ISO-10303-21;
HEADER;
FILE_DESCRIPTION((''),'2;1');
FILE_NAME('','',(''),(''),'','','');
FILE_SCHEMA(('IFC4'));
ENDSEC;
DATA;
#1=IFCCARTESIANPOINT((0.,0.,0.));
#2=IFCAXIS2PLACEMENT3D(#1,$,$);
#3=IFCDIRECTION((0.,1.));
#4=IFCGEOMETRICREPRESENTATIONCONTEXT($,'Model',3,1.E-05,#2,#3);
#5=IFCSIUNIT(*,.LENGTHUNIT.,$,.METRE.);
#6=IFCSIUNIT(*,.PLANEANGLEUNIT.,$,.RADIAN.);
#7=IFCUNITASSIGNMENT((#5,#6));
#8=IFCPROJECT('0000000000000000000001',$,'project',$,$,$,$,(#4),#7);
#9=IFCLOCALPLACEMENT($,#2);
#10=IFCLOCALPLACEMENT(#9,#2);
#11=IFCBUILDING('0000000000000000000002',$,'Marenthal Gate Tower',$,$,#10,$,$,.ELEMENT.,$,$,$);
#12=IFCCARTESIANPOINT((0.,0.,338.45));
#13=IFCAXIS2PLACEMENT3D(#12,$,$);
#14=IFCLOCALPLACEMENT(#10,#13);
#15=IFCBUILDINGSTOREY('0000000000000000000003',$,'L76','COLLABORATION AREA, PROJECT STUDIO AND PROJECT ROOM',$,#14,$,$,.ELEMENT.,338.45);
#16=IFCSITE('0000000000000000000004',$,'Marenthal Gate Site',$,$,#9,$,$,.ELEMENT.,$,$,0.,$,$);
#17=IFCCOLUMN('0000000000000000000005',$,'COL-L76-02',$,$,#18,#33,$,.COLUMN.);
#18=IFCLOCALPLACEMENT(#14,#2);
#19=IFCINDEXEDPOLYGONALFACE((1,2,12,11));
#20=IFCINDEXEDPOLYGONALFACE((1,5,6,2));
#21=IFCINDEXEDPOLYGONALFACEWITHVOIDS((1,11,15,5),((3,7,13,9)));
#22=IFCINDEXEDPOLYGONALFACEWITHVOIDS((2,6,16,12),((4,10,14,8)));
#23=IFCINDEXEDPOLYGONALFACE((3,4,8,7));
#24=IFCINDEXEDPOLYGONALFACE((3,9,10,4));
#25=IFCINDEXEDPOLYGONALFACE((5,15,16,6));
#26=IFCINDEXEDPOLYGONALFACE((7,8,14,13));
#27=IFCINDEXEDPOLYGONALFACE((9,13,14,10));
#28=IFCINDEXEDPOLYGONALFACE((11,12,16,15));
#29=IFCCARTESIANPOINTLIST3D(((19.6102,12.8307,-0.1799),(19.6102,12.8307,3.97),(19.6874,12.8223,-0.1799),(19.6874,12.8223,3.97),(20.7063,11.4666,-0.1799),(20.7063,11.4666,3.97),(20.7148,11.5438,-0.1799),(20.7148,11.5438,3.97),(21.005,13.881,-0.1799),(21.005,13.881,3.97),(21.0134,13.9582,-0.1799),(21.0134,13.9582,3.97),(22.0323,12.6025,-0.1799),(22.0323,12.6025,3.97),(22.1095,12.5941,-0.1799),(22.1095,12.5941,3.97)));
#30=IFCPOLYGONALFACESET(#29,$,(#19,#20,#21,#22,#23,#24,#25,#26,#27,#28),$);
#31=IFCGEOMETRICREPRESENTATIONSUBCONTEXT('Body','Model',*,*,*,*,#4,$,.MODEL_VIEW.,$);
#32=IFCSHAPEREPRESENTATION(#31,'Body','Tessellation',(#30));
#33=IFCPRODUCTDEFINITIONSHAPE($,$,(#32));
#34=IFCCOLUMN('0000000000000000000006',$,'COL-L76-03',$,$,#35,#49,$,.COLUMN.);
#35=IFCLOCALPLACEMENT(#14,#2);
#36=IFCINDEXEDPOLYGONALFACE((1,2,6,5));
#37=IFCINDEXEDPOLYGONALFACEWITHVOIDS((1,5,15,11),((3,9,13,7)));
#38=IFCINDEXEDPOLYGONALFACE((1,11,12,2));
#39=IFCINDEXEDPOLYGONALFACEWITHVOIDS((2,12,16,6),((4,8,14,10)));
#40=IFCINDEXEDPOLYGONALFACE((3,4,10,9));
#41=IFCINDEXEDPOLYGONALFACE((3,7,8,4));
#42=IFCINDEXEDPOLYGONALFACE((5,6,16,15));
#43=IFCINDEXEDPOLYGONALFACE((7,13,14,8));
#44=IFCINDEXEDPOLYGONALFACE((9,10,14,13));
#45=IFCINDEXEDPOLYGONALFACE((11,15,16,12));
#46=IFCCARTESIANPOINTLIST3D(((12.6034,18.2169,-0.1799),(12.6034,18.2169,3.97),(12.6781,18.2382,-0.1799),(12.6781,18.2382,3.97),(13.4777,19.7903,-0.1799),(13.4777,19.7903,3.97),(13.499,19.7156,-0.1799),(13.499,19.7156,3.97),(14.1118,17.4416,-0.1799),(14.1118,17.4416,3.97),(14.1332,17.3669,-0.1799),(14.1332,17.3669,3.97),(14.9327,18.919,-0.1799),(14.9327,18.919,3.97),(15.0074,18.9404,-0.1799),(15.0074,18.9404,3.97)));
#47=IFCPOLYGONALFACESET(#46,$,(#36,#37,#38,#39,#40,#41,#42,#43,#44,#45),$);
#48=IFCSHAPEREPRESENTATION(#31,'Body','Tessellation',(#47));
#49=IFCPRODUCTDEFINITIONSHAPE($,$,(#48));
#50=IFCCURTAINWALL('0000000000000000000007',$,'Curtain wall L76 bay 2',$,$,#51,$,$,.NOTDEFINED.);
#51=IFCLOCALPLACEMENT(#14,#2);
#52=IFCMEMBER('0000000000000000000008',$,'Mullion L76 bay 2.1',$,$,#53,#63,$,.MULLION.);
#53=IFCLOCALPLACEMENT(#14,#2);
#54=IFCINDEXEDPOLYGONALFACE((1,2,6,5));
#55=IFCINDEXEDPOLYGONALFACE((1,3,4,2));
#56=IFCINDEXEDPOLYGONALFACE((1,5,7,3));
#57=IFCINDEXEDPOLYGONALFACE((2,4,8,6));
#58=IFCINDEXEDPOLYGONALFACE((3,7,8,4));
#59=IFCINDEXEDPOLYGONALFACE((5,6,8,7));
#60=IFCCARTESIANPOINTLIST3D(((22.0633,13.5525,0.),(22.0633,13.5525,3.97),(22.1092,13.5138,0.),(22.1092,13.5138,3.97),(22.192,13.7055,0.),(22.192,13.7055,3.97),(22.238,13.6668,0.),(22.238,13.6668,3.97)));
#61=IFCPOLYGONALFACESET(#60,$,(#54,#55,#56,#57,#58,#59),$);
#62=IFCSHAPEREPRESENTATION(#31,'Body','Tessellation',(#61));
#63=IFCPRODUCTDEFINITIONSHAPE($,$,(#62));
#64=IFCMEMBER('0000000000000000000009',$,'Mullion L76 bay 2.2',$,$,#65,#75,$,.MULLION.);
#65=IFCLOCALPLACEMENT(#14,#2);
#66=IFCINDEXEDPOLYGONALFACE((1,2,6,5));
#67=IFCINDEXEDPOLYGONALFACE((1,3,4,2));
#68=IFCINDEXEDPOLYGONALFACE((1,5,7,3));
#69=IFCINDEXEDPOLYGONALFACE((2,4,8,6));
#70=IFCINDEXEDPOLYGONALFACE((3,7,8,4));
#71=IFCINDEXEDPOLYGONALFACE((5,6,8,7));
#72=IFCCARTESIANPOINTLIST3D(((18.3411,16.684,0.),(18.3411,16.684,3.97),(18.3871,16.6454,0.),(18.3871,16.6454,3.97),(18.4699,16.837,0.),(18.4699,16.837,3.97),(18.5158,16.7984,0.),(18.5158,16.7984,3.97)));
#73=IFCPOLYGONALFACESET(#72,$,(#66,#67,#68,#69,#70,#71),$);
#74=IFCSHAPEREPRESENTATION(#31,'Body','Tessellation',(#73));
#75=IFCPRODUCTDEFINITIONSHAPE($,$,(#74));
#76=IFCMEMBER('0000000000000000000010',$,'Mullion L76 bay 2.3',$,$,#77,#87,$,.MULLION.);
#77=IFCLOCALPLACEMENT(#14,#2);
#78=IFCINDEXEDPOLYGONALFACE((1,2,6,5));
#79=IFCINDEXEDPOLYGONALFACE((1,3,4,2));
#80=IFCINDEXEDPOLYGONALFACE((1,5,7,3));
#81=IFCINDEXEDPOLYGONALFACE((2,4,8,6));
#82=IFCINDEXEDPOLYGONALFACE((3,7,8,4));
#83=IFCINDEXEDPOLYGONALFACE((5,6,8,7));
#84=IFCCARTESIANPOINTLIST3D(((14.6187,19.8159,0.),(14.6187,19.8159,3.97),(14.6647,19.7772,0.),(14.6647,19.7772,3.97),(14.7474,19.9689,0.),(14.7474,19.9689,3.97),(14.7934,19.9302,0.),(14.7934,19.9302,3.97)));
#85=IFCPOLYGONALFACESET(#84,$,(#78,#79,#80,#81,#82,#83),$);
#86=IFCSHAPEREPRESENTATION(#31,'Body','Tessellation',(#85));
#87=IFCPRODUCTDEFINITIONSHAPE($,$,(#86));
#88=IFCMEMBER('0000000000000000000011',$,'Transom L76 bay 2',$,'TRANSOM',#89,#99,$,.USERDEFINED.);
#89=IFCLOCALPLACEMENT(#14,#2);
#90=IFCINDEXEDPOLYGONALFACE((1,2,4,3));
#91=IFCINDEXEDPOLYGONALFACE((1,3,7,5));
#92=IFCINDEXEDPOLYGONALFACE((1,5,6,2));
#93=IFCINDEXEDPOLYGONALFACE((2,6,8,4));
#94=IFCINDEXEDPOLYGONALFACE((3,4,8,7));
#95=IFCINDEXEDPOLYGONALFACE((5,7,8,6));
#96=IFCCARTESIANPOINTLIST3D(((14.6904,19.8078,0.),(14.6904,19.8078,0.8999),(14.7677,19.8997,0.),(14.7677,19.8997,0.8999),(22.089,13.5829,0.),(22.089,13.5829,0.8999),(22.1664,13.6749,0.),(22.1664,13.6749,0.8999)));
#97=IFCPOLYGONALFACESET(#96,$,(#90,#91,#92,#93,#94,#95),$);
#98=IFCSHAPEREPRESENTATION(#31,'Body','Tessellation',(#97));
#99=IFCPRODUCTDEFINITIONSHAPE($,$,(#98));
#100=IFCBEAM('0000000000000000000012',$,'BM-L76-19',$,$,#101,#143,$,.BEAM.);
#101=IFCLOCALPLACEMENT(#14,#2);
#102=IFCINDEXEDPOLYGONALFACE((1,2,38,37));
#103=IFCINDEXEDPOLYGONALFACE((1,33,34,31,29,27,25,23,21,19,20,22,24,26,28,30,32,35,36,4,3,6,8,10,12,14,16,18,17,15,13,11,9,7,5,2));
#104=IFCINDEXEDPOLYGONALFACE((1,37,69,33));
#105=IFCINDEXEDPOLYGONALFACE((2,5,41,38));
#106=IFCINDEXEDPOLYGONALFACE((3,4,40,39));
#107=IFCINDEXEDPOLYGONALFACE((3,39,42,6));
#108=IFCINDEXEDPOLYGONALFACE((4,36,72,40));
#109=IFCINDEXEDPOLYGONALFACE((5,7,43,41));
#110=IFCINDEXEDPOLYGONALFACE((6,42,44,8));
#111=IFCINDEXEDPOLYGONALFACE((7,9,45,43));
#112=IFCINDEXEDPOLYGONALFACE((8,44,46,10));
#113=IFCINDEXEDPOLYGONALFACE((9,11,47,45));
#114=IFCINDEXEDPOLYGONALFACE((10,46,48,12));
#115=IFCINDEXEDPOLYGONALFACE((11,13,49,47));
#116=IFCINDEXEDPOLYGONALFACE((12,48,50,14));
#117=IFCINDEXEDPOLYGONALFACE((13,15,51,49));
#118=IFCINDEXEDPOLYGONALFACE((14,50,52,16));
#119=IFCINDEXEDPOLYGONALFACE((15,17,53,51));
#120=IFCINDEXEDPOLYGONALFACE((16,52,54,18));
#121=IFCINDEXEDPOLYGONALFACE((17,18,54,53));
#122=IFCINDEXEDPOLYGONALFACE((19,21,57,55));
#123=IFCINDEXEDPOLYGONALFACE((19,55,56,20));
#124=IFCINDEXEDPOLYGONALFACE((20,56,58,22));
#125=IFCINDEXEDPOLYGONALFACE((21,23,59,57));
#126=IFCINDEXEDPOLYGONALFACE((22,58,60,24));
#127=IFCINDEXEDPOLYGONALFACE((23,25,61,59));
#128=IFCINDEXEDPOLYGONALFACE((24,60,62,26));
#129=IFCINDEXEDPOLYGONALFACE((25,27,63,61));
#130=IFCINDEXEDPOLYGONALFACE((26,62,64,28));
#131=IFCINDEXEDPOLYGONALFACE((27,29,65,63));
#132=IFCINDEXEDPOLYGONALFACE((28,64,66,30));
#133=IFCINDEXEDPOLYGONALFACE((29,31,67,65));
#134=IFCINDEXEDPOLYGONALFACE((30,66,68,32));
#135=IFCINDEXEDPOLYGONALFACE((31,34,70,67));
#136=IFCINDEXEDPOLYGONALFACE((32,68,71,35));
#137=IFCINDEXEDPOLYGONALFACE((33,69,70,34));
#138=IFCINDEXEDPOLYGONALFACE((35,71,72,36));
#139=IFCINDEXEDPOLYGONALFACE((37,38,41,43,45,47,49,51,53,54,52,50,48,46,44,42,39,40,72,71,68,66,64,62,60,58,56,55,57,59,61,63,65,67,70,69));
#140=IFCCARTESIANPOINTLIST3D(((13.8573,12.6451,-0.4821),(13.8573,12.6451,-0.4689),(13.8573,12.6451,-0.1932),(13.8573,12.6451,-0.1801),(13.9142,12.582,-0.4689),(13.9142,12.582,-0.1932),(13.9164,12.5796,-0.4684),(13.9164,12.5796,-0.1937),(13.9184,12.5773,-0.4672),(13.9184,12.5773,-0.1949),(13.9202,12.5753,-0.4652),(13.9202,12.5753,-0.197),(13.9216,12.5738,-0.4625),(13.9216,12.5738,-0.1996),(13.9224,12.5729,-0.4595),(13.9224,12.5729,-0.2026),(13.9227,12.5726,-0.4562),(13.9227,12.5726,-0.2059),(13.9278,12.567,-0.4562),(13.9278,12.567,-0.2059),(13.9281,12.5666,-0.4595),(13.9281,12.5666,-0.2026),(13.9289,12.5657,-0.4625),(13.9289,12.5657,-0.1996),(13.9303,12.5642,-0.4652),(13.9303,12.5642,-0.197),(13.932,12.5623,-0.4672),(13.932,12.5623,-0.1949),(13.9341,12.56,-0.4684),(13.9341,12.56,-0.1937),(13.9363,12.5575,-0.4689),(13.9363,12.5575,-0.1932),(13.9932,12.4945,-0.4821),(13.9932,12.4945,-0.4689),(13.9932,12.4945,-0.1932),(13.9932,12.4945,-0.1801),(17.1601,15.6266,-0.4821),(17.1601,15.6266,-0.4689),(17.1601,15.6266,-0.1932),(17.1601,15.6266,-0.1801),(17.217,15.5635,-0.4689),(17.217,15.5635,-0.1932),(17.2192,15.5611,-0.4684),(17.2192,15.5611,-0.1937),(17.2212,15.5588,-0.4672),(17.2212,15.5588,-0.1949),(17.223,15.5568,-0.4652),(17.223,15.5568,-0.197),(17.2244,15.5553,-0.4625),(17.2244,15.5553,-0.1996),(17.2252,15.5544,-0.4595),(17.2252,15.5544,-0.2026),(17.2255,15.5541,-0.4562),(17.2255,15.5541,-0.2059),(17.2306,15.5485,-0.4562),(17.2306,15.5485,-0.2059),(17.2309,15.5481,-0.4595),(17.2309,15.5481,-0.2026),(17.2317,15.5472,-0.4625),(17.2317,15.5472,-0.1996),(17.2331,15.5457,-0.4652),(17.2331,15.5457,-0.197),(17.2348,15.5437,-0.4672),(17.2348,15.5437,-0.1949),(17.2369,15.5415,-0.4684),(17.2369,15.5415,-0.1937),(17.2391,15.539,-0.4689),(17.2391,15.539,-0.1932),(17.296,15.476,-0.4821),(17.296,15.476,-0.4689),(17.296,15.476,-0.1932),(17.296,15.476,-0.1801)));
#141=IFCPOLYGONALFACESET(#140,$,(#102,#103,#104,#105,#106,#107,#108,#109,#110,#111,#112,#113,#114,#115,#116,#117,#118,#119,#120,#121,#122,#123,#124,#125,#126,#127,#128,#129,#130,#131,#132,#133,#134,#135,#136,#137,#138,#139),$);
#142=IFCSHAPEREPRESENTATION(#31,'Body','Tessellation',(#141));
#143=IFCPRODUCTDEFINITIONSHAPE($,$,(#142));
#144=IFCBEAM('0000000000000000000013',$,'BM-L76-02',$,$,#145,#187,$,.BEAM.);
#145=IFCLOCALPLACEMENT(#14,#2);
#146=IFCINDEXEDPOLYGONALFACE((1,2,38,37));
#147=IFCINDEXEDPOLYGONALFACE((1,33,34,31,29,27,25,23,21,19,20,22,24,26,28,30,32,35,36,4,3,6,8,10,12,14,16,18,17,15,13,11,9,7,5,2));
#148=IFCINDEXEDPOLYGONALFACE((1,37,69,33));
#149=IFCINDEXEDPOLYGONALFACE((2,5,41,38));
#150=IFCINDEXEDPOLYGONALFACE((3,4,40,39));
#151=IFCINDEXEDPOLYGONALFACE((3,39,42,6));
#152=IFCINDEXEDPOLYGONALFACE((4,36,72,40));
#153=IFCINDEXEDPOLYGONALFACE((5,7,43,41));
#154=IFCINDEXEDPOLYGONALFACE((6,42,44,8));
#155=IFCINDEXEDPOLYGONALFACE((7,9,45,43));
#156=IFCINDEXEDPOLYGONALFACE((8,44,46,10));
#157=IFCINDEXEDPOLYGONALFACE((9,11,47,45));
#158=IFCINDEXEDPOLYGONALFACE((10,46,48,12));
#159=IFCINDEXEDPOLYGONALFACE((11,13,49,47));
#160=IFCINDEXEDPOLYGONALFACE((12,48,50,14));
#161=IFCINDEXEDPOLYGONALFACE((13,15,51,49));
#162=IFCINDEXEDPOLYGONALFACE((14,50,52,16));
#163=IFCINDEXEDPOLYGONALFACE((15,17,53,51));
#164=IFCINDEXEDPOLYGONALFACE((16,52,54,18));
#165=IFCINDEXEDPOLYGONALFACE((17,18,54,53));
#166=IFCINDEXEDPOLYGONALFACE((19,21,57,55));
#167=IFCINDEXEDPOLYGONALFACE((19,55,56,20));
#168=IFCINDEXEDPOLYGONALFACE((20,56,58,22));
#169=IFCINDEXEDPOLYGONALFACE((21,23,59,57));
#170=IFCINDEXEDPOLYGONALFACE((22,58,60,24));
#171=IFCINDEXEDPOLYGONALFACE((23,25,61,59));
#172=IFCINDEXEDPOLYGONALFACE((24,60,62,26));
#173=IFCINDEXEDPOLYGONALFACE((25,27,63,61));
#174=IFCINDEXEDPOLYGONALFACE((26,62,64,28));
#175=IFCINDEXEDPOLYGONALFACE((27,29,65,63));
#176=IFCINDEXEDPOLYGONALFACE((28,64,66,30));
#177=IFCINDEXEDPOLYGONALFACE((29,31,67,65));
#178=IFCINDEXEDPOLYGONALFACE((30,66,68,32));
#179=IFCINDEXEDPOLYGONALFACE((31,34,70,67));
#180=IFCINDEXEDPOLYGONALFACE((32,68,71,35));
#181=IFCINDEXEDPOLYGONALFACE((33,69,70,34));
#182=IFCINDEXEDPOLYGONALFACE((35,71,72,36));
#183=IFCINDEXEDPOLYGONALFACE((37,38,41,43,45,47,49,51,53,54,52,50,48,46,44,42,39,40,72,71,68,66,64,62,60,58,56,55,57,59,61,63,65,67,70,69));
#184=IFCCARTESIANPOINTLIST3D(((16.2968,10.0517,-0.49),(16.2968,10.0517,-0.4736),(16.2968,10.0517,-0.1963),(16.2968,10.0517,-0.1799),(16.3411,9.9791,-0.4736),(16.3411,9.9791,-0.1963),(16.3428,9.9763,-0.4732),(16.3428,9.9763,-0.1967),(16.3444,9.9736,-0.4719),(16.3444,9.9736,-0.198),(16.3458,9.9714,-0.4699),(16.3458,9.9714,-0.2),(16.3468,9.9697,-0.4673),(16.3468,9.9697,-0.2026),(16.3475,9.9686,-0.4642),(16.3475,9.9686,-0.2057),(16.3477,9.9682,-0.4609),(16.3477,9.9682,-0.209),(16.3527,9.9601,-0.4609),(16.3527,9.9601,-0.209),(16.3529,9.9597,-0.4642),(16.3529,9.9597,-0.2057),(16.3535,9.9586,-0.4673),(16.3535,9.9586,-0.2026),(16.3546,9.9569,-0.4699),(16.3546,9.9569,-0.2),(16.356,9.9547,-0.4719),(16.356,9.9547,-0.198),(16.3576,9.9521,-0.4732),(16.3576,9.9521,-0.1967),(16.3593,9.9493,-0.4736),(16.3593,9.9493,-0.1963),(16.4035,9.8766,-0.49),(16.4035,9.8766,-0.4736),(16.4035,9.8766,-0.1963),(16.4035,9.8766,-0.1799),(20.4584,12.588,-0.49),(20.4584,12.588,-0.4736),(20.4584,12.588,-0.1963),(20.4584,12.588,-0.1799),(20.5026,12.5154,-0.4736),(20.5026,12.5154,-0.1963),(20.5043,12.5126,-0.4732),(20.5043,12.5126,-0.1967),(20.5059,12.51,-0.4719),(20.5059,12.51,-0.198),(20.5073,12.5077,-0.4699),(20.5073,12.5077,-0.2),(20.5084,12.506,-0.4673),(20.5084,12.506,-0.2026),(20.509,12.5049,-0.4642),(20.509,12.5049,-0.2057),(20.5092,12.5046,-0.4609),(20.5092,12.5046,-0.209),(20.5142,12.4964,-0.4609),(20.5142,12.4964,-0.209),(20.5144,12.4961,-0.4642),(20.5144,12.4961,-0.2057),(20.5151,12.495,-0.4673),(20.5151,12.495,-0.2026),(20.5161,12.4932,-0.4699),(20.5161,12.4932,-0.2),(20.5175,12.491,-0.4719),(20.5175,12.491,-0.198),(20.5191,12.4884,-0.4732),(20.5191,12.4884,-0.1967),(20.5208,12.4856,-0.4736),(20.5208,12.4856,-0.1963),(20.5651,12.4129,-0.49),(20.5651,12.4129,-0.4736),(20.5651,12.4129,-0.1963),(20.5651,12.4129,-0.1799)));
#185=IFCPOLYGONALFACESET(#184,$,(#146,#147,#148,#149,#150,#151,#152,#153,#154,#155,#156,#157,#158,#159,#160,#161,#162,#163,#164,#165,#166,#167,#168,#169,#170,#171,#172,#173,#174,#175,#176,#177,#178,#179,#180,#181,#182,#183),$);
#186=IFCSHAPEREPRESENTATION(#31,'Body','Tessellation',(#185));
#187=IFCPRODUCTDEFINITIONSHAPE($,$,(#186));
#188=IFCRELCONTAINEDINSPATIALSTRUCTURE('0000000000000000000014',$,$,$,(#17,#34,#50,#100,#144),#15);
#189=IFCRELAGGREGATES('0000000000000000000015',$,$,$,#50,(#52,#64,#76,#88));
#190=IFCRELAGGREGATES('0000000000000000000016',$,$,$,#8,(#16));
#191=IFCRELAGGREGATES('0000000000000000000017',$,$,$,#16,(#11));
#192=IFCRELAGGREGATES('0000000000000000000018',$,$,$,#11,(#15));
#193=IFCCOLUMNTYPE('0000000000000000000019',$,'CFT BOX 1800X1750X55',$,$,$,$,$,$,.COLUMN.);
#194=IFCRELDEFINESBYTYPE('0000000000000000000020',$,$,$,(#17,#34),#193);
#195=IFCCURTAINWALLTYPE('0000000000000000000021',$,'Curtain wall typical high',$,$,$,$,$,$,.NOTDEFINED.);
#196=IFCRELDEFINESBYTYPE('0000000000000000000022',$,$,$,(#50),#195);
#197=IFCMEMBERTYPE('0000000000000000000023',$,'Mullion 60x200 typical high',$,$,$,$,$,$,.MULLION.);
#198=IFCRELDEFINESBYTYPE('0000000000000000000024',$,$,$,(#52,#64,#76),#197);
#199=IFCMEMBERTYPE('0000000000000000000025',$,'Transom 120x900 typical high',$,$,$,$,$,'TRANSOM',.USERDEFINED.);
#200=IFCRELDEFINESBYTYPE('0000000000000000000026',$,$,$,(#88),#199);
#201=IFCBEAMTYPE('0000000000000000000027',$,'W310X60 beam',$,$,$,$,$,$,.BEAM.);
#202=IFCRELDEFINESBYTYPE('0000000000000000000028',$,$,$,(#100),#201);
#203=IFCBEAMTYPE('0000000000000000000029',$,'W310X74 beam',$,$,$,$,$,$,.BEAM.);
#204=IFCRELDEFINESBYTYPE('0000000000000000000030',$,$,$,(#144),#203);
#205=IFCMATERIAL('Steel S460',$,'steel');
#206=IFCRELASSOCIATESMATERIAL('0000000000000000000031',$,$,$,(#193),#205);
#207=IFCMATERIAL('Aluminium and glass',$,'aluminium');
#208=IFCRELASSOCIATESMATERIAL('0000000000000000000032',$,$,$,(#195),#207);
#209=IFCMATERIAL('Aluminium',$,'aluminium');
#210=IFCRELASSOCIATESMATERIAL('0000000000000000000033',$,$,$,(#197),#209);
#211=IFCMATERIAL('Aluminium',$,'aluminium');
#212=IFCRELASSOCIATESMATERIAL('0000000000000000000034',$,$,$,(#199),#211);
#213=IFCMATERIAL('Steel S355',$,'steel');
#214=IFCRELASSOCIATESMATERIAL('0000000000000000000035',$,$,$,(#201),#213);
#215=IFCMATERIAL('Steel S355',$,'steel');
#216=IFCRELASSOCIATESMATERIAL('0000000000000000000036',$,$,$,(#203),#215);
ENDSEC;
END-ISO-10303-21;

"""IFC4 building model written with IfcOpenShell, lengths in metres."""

from ifc_helpers import new_model, si_unit, direction, frame, origin, origin_2d, place, context, subcontext, project, spatial, rectangle, hollow_rectangle, i_section, extrude, material, material_profile, profile_set, type_object, element, aggregate, save


model = new_model("IFC4")

# Units and contexts
model_context = context("Model", 3, precision=1e-05, world=origin(), true_north=direction((0.0, 1.0)))
body_context = subcontext(model_context, "Body", "Model", "MODEL_VIEW")
ifc_project = project(units=[si_unit("LENGTHUNIT", "METRE"), si_unit("PLANEANGLEUNIT", "RADIAN")], contexts=[model_context])

# Site, building, storey
site_placement = place(None, origin())
site = spatial("IfcSite", under=ifc_project, at=site_placement, Name="Marenthal Gate Site", CompositionType="ELEMENT", RefElevation=0.0)
building_placement = place(site_placement, origin())
building = spatial("IfcBuilding", under=site, at=building_placement, Name="Marenthal Gate Tower", CompositionType="ELEMENT")
storey_placement = place(building_placement, frame((0.0, 0.0, 338.45)))
storey = spatial("IfcBuildingStorey", under=building, at=storey_placement, Name="L76", Description="COLLABORATION AREA, PROJECT STUDIO AND PROJECT ROOM", CompositionType="ELEMENT", Elevation=338.45)

# Columns
ifc_material_1 = material(Name="Steel S460", Category="steel")
ifc_material_profile_1 = material_profile(ifc_material_1, hollow_rectangle(XDim=1.75, YDim=1.8, WallThickness=0.0549, at=origin_2d()), Name="CFT BOX 1800X1750X55")
ifc_material_2 = material(Name="Concrete 70 MPa", Category="concrete")
ifc_material_profile_2 = material_profile(ifc_material_2, rectangle(XDim=1.6399, YDim=1.6899, at=origin_2d()), Name="CFT BOX 1800X1750X55 INFILL")
ifc_profile_set_1 = profile_set([ifc_material_profile_1, ifc_material_profile_2], Name="Steel S460 shell, Concrete 70 MPa infill")
column_type = type_object("IfcColumnType", Name="CFT BOX 1800X1750X55", PredefinedType="COLUMN", material=ifc_profile_set_1)
for number, where, z_axis, x_axis, name in (
    (1, (20.8599, 12.7124, -0.1799), (0.0, 0.0, 1.0), (0.626371, -0.779525, 0.0), "COL-L76-02"),
    (2, (13.8054, 18.5786, -0.1799), (0.0, 0.0, 1.0), (0.874131, -0.48569, 0.0), "COL-L76-03"),
):
    element("IfcColumn", number, at=place(storey_placement, frame(where, z_axis=z_axis, x_axis=x_axis)), inside=storey, type_object=column_type, Name=name, PredefinedType="COLUMN", context=body_context, shape_type="SweptSolid", body=[
        extrude(hollow_rectangle(XDim=1.75, YDim=1.8, WallThickness=0.0549, at=origin_2d()), origin(), (0.0, 0.0, 1.0), 4.1499),
    ])

# Curtain wall, members
ifc_material_3 = material(Name="Aluminium and glass", Category="aluminium")
curtain_wall_type = type_object("IfcCurtainWallType", Name="Curtain wall typical high", PredefinedType="NOTDEFINED", material=ifc_material_3)
curtain_wall_placement = place(storey_placement, origin())
curtain_wall = element("IfcCurtainWall", 3, at=curtain_wall_placement, inside=storey, type_object=curtain_wall_type, Name="Curtain wall L76 bay 2", PredefinedType="NOTDEFINED")
ifc_material_4 = material(Name="Aluminium", Category="aluminium")
ifc_material_profile_3 = material_profile(ifc_material_4, rectangle(XDim=0.2, YDim=0.0601, at=origin_2d()), Name="60x200 aluminium mullion")
ifc_profile_set_2 = profile_set([ifc_material_profile_3], Name="Aluminium")
member_type_1 = type_object("IfcMemberType", Name="Mullion 60x200 typical high", PredefinedType="MULLION", material=ifc_profile_set_2)
member_1_placement = place(storey_placement, frame((22.1506, 13.6096, 0.0), z_axis=(0.0, 0.0, 1.0), x_axis=(-0.643801, -0.765193, 0.0)))
member_1 = element("IfcMember", 4, at=member_1_placement, type_object=member_type_1, Name="Mullion L76 bay 2.1", PredefinedType="MULLION", context=body_context, shape_type="SweptSolid", body=[
    extrude(rectangle(XDim=0.2, YDim=0.0601, at=origin_2d()), origin(), (0.0, 0.0, 1.0), 3.97),
])
member_2_placement = place(storey_placement, frame((18.4285, 16.7412, 0.0), z_axis=(0.0, 0.0, 1.0), x_axis=(-0.643801, -0.765193, 0.0)))
member_2 = element("IfcMember", 5, at=member_2_placement, type_object=member_type_1, Name="Mullion L76 bay 2.2", PredefinedType="MULLION", context=body_context, shape_type="SweptSolid", body=[
    extrude(rectangle(XDim=0.2, YDim=0.0601, at=origin_2d()), origin(), (0.0, 0.0, 1.0), 3.97),
])
member_3_placement = place(storey_placement, frame((14.7061, 19.873, 0.0), z_axis=(0.0, 0.0, 1.0), x_axis=(-0.643801, -0.765193, 0.0)))
member_3 = element("IfcMember", 6, at=member_3_placement, type_object=member_type_1, Name="Mullion L76 bay 2.3", PredefinedType="MULLION", context=body_context, shape_type="SweptSolid", body=[
    extrude(rectangle(XDim=0.2, YDim=0.0601, at=origin_2d()), origin(), (0.0, 0.0, 1.0), 3.97),
])
ifc_material_5 = material(Name="Aluminium", Category="aluminium")
ifc_material_profile_4 = material_profile(ifc_material_5, rectangle(XDim=0.1201, YDim=0.8999, at=origin_2d()), Name="120x900 aluminium transom")
ifc_profile_set_3 = profile_set([ifc_material_profile_4], Name="Aluminium")
member_type_2 = type_object("IfcMemberType", Name="Transom 120x900 typical high", ElementType="TRANSOM", PredefinedType="USERDEFINED", material=ifc_profile_set_3)
member_4_placement = place(storey_placement, frame((22.1277, 13.6289, 0.45), z_axis=(-0.765197, 0.643796, 0.0), x_axis=(-0.643796, -0.765197, 0.0)))
member_4 = element("IfcMember", 7, at=member_4_placement, type_object=member_type_2, Name="Transom L76 bay 2", ObjectType="TRANSOM", PredefinedType="USERDEFINED", context=body_context, shape_type="SweptSolid", body=[
    extrude(rectangle(XDim=0.1201, YDim=0.8999, at=origin_2d()), origin(), (0.0, 0.0, 1.0), 9.6689),
])

# Beams
ifc_material_6 = material(Name="Steel S355", Category="steel")
ifc_material_profile_5 = material_profile(ifc_material_6, i_section(OverallWidth=0.2029, OverallDepth=0.302, WebThickness=0.0076, FlangeThickness=0.0132, FilletRadius=0.0127, at=origin_2d()), Name="W310X60")
ifc_profile_set_4 = profile_set([ifc_material_profile_5], Name="Steel S355")
beam_type_1 = type_object("IfcBeamType", Name="W310X60 beam", PredefinedType="BEAM", material=ifc_profile_set_4)
beam_1_placement = place(storey_placement, frame((17.228, 15.5513, -0.3311), z_axis=(-0.742289, -0.67008, 0.0), x_axis=(0.67008, -0.742289, 0.0)))
element("IfcBeam", 8, at=beam_1_placement, inside=storey, type_object=beam_type_1, Name="BM-L76-19", PredefinedType="BEAM", context=body_context, shape_type="SweptSolid", body=[
    extrude(i_section(OverallWidth=0.2029, OverallDepth=0.302, WebThickness=0.0076, FlangeThickness=0.0132, FilletRadius=0.0127, at=origin_2d()), origin(), (0.0, 0.0, 1.0), 4.4495),
])
ifc_material_7 = material(Name="Steel S355", Category="steel")
ifc_material_profile_6 = material_profile(ifc_material_7, i_section(OverallWidth=0.2051, OverallDepth=0.3101, WebThickness=0.0095, FlangeThickness=0.0164, FilletRadius=0.0127, at=origin_2d()), Name="W310X74")
ifc_profile_set_5 = profile_set([ifc_material_profile_6], Name="Steel S355")
beam_type_2 = type_object("IfcBeamType", Name="W310X74 beam", PredefinedType="BEAM", material=ifc_profile_set_5)
beam_2_placement = place(storey_placement, frame((20.5117, 12.5005, -0.335), z_axis=(-0.853905, -0.520428, 0.0), x_axis=(0.520428, -0.853905, 0.0)))
element("IfcBeam", 9, at=beam_2_placement, inside=storey, type_object=beam_type_2, Name="BM-L76-02", PredefinedType="BEAM", context=body_context, shape_type="SweptSolid", body=[
    extrude(i_section(OverallWidth=0.2051, OverallDepth=0.3101, WebThickness=0.0095, FlangeThickness=0.0164, FilletRadius=0.0127, at=origin_2d()), origin(), (0.0, 0.0, 1.0), 4.8735),
])

aggregate(curtain_wall, [member_1, member_2, member_3, member_4])

save(model, "model.ifc")
